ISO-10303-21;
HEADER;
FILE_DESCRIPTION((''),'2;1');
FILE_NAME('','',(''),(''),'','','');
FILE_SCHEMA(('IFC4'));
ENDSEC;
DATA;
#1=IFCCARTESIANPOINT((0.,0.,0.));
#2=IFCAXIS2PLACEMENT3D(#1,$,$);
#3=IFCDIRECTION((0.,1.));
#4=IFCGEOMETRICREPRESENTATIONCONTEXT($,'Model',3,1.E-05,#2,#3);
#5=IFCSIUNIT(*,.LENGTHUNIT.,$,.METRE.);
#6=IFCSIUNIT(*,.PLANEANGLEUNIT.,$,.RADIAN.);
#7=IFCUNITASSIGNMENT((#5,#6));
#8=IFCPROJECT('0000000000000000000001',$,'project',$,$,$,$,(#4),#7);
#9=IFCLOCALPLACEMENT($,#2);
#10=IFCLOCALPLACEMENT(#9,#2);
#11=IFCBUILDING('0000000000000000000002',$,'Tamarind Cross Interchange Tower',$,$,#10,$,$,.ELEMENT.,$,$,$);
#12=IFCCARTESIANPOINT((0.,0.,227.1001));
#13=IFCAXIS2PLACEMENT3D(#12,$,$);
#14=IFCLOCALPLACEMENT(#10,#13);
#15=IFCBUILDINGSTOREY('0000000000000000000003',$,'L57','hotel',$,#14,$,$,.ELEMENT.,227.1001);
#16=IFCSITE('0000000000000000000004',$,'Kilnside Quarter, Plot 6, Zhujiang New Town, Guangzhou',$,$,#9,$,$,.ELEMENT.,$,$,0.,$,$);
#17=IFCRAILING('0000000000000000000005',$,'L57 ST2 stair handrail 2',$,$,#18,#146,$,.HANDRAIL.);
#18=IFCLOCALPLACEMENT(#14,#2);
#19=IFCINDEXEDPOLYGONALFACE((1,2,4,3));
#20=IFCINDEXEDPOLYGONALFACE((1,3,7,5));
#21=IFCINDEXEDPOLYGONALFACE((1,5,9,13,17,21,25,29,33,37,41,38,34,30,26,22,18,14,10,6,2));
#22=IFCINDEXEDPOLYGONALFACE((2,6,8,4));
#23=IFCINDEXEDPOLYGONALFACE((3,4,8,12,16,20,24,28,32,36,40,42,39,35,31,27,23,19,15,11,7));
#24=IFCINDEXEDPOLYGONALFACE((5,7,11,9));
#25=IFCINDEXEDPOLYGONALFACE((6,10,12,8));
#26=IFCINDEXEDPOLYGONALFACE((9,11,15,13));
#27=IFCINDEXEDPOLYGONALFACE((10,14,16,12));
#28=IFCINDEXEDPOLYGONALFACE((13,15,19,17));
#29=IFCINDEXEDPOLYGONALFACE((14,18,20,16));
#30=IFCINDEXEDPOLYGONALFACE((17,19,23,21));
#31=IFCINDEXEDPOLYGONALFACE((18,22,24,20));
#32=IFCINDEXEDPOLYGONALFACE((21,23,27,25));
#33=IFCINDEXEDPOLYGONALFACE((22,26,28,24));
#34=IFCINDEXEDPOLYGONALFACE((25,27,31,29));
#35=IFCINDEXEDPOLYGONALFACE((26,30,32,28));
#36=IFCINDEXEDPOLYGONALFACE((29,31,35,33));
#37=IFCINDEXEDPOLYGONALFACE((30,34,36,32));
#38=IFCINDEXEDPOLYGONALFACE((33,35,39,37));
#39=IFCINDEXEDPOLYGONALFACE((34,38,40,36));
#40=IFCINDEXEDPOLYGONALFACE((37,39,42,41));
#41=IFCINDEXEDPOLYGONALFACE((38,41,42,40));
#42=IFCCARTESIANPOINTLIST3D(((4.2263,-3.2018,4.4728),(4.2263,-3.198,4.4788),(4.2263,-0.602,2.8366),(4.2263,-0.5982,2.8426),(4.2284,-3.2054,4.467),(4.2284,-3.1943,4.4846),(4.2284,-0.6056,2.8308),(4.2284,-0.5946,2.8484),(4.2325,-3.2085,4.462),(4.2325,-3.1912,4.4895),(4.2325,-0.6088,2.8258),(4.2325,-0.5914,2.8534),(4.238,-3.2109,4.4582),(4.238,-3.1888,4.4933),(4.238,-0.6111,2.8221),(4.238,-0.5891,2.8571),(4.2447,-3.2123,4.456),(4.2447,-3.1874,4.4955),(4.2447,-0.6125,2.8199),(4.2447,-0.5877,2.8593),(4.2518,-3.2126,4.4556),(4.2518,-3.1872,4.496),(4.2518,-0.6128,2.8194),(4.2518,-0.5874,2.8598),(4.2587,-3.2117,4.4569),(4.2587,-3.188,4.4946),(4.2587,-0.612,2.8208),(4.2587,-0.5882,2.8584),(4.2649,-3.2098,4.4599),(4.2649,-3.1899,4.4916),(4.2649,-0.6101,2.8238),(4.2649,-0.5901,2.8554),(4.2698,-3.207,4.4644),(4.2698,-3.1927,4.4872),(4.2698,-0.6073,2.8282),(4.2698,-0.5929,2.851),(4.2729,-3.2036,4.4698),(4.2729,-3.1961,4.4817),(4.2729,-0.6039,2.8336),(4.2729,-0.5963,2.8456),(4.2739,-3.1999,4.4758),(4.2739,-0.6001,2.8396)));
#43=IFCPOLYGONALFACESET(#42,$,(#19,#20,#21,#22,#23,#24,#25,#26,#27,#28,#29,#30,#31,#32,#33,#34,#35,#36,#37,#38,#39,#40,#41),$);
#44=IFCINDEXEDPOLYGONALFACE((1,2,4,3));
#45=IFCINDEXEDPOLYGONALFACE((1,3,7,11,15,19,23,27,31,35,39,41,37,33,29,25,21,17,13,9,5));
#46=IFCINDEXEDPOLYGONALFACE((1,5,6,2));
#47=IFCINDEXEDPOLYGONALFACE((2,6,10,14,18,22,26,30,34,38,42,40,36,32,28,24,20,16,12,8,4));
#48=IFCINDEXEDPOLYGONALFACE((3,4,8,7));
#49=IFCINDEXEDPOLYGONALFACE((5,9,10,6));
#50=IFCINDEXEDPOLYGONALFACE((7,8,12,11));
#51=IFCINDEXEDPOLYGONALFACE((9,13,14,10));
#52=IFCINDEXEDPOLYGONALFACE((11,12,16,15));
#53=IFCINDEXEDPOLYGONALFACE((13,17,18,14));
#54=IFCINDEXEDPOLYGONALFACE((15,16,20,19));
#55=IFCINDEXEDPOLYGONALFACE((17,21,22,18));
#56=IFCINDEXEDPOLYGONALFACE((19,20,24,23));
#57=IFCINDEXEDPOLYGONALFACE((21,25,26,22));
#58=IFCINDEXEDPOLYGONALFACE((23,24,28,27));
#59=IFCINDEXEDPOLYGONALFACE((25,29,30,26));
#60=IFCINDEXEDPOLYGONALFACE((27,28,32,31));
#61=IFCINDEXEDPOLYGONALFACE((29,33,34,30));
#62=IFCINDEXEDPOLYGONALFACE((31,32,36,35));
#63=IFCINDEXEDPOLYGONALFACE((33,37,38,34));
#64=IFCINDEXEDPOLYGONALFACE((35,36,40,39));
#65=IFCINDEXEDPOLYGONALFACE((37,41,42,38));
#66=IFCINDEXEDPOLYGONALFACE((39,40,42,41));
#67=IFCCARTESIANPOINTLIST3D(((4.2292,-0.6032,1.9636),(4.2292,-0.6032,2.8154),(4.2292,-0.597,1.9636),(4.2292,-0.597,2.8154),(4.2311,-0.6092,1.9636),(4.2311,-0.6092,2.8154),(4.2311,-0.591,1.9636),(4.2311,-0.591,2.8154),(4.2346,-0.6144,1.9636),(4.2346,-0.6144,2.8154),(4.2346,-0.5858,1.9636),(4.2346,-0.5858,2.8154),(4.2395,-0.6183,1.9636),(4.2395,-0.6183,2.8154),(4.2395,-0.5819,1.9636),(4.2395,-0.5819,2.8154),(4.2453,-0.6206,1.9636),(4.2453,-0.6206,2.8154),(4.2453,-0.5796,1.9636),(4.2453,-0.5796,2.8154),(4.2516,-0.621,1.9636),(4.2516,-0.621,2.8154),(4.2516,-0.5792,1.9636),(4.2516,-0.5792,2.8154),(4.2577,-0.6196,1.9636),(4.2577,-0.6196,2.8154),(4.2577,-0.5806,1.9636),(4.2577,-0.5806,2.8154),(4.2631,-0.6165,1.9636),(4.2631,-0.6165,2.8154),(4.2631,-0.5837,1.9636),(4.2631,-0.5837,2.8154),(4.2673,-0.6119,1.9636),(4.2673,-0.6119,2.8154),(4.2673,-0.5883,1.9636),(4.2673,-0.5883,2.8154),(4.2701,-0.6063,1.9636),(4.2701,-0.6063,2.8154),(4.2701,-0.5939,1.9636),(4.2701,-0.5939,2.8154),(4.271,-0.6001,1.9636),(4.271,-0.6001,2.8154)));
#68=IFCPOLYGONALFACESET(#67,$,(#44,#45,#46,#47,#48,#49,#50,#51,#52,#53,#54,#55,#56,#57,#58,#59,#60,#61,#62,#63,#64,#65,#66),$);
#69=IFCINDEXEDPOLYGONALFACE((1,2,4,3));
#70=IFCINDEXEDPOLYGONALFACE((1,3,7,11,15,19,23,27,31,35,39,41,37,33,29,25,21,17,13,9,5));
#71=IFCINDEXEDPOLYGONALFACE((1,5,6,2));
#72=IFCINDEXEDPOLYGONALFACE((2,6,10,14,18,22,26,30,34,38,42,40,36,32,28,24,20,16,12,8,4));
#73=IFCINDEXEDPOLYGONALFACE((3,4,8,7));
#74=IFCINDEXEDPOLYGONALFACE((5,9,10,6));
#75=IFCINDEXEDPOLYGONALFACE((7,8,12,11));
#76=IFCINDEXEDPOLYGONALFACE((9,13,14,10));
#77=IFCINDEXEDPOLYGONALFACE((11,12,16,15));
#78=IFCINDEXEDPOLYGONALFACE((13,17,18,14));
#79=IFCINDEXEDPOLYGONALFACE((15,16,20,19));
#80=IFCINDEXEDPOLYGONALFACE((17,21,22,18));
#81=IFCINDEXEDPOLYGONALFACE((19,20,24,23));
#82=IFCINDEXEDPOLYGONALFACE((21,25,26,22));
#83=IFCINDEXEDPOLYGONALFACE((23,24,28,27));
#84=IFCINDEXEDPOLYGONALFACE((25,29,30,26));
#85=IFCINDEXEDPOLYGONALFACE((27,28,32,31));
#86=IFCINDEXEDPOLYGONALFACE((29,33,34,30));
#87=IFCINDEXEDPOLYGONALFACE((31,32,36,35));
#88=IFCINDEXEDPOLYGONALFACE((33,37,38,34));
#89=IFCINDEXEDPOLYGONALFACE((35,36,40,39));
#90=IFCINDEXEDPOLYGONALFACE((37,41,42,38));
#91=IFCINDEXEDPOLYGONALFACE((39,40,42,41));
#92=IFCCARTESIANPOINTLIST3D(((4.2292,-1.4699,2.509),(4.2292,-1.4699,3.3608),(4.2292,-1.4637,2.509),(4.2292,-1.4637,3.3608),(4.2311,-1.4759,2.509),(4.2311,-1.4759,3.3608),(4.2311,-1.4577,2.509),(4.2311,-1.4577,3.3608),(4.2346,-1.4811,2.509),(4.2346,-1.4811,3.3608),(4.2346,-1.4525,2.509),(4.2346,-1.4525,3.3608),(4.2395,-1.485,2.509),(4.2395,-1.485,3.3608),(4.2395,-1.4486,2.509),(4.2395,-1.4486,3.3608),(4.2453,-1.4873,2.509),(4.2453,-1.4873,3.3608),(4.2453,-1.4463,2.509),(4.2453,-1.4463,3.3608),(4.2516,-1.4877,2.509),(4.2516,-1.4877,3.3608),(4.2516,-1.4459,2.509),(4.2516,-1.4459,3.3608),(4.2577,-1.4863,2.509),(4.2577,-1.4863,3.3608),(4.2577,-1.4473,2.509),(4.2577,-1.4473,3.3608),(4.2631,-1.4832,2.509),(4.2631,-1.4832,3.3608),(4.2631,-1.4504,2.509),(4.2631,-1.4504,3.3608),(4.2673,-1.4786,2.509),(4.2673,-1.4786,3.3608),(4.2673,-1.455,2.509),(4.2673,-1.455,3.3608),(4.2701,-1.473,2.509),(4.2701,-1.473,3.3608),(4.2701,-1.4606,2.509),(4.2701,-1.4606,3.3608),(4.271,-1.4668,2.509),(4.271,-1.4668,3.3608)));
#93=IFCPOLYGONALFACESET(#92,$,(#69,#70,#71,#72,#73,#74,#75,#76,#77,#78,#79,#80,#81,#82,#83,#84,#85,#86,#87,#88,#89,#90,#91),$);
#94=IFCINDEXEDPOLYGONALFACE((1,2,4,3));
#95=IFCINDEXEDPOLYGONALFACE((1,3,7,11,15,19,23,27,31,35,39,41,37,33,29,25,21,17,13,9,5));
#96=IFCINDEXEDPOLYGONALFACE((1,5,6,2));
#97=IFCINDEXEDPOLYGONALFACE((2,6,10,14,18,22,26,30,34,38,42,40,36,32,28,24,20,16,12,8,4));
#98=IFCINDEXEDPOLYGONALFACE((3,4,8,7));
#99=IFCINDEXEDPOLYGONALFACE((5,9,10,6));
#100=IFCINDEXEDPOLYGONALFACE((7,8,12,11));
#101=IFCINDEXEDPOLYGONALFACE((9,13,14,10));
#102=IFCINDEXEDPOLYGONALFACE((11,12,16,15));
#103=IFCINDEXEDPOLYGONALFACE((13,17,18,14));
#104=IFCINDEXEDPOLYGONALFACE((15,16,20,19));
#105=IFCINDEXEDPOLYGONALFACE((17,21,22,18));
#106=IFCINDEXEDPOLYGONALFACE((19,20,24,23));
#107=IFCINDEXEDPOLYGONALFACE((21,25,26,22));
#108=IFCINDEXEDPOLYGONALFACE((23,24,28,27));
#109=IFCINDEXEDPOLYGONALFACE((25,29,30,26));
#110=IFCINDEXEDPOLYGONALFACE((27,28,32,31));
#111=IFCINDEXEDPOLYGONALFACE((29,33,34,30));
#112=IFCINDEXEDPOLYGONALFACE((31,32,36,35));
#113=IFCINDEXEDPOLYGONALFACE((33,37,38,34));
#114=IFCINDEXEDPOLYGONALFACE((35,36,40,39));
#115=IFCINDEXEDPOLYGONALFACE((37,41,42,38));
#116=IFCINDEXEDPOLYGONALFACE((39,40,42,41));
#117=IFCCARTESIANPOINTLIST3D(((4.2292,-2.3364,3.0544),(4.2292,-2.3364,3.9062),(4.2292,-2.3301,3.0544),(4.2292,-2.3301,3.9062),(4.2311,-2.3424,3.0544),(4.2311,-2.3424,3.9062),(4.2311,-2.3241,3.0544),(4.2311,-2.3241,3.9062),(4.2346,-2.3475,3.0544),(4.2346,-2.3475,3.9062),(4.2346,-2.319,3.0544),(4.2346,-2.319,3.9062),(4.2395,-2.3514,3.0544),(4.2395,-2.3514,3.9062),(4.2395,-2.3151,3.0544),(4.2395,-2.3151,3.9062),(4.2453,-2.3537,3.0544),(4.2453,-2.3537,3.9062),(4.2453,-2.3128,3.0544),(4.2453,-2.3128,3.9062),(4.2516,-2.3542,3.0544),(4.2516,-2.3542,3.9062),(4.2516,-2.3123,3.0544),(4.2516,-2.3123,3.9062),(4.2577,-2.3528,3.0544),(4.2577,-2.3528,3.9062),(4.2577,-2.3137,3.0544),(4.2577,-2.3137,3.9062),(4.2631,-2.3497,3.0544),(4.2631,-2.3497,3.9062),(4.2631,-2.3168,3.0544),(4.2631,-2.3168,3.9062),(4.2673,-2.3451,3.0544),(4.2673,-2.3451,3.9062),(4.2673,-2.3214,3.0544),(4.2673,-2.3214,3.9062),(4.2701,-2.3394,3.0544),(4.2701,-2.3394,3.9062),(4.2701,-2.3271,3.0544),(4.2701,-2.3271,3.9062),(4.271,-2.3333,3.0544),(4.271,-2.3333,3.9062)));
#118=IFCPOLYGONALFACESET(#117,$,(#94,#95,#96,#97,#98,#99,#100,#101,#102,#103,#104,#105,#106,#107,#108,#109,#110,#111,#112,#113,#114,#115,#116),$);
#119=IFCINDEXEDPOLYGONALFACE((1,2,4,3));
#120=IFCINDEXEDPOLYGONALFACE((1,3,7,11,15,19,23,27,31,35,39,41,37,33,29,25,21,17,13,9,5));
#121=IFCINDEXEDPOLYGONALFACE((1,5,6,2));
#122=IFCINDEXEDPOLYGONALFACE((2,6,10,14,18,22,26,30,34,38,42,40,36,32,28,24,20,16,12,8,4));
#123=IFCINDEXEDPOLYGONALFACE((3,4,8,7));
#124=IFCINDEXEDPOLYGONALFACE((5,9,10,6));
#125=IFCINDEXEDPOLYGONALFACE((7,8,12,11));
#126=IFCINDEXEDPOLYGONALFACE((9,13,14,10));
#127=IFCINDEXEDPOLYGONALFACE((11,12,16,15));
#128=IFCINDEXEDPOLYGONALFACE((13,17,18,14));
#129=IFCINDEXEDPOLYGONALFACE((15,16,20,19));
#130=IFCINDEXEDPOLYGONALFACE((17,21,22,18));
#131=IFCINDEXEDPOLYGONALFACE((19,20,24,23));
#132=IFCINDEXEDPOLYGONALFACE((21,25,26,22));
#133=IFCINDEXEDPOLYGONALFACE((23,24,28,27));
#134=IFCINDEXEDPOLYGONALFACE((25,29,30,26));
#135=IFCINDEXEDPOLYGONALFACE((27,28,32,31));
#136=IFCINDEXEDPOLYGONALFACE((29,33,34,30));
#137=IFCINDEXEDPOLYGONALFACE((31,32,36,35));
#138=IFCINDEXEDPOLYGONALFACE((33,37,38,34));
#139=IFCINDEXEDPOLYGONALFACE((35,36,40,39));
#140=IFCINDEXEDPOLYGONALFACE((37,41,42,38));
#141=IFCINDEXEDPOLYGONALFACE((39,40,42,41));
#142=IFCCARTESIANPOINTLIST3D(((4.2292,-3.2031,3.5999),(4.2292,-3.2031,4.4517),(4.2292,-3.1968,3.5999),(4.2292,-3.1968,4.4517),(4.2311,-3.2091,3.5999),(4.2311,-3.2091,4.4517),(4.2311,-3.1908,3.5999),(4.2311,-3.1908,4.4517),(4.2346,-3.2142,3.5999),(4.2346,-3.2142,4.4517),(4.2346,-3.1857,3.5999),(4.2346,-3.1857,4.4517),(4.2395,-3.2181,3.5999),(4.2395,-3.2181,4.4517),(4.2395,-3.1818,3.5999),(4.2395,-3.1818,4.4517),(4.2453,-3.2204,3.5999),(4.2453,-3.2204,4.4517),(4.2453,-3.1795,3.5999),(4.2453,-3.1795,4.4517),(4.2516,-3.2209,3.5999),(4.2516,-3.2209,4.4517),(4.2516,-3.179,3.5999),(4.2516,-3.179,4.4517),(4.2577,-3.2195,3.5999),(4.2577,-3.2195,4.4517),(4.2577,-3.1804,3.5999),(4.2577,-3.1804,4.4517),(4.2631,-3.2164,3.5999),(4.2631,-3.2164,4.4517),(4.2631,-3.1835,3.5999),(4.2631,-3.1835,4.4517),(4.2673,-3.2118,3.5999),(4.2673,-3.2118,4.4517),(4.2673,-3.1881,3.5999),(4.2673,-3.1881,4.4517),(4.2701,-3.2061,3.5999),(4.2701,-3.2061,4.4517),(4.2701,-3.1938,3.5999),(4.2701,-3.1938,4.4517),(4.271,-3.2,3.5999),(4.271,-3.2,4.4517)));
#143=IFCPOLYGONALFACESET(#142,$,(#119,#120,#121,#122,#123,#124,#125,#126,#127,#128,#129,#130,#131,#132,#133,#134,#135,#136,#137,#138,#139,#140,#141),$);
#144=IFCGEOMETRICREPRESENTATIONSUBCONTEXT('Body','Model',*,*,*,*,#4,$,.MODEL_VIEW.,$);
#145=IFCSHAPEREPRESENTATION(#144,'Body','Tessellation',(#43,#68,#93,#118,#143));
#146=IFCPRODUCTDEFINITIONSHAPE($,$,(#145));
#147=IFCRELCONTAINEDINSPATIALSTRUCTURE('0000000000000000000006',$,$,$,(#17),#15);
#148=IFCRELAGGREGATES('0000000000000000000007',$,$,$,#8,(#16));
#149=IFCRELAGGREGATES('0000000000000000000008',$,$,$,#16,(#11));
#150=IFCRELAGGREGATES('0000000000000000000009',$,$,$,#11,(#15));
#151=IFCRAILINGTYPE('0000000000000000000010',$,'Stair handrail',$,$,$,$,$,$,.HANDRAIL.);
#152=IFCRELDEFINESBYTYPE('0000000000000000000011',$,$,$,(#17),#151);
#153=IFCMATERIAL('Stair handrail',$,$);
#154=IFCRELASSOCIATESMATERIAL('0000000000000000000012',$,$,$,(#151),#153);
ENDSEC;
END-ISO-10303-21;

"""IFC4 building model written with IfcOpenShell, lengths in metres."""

from ifc_helpers import new_model, si_unit, direction, frame, origin, origin_2d, place, context, subcontext, project, spatial, circle, extrude, material, type_object, element, save


model = new_model("IFC4")

# Units and contexts
model_context = context("Model", 3, precision=1e-05, world=origin(), true_north=direction((0.0, 1.0)))
body_context = subcontext(model_context, "Body", "Model", "MODEL_VIEW")
ifc_project = project(units=[si_unit("LENGTHUNIT", "METRE"), si_unit("PLANEANGLEUNIT", "RADIAN")], contexts=[model_context])

# Site, building, storey
site_placement = place(None, origin())
site = spatial("IfcSite", under=ifc_project, at=site_placement, Name="Kilnside Quarter, Plot 6, Zhujiang New Town, Guangzhou", CompositionType="ELEMENT", RefElevation=0.0)
building_placement = place(site_placement, origin())
building = spatial("IfcBuilding", under=site, at=building_placement, Name="Tamarind Cross Interchange Tower", CompositionType="ELEMENT")
storey_placement = place(building_placement, frame((0.0, 0.0, 227.1001)))
storey = spatial("IfcBuildingStorey", under=building, at=storey_placement, Name="L57", Description="hotel", CompositionType="ELEMENT", Elevation=227.1001)

# Railing
ifc_material_1 = material(Name="Stair handrail")
railing_type_1 = type_object("IfcRailingType", Name="Stair handrail", PredefinedType="HANDRAIL", material=ifc_material_1)
railing_1_placement = place(storey_placement, frame((4.25, -0.6001, 1.9636)))
element("IfcRailing", 1, at=railing_1_placement, inside=storey, type_object=railing_type_1, Name="L57 ST2 stair handrail 2", PredefinedType="HANDRAIL", context=body_context, shape_type="SweptSolid", body=[
    extrude(circle(Radius=0.0239, at=origin_2d()), frame((0.0, 0.0, 0.876), z_axis=(0.0, -0.846338, 0.532647), x_axis=(1.0, 0.0, 0.0)), (0.0, 0.0, 1.0), 3.0718),
    extrude(circle(Radius=0.021, at=origin_2d()), origin(), (0.0, 0.0, 1.0), 0.8518),
    extrude(circle(Radius=0.021, at=origin_2d()), frame((0.0, -0.8667, 0.5454)), (0.0, 0.0, 1.0), 0.8518),
    extrude(circle(Radius=0.021, at=origin_2d()), frame((0.0, -1.7332, 1.0908)), (0.0, 0.0, 1.0), 0.8518),
    extrude(circle(Radius=0.021, at=origin_2d()), frame((0.0, -2.5999, 1.6362)), (0.0, 0.0, 1.0), 0.8518),
])

save(model, "model.ifc")
